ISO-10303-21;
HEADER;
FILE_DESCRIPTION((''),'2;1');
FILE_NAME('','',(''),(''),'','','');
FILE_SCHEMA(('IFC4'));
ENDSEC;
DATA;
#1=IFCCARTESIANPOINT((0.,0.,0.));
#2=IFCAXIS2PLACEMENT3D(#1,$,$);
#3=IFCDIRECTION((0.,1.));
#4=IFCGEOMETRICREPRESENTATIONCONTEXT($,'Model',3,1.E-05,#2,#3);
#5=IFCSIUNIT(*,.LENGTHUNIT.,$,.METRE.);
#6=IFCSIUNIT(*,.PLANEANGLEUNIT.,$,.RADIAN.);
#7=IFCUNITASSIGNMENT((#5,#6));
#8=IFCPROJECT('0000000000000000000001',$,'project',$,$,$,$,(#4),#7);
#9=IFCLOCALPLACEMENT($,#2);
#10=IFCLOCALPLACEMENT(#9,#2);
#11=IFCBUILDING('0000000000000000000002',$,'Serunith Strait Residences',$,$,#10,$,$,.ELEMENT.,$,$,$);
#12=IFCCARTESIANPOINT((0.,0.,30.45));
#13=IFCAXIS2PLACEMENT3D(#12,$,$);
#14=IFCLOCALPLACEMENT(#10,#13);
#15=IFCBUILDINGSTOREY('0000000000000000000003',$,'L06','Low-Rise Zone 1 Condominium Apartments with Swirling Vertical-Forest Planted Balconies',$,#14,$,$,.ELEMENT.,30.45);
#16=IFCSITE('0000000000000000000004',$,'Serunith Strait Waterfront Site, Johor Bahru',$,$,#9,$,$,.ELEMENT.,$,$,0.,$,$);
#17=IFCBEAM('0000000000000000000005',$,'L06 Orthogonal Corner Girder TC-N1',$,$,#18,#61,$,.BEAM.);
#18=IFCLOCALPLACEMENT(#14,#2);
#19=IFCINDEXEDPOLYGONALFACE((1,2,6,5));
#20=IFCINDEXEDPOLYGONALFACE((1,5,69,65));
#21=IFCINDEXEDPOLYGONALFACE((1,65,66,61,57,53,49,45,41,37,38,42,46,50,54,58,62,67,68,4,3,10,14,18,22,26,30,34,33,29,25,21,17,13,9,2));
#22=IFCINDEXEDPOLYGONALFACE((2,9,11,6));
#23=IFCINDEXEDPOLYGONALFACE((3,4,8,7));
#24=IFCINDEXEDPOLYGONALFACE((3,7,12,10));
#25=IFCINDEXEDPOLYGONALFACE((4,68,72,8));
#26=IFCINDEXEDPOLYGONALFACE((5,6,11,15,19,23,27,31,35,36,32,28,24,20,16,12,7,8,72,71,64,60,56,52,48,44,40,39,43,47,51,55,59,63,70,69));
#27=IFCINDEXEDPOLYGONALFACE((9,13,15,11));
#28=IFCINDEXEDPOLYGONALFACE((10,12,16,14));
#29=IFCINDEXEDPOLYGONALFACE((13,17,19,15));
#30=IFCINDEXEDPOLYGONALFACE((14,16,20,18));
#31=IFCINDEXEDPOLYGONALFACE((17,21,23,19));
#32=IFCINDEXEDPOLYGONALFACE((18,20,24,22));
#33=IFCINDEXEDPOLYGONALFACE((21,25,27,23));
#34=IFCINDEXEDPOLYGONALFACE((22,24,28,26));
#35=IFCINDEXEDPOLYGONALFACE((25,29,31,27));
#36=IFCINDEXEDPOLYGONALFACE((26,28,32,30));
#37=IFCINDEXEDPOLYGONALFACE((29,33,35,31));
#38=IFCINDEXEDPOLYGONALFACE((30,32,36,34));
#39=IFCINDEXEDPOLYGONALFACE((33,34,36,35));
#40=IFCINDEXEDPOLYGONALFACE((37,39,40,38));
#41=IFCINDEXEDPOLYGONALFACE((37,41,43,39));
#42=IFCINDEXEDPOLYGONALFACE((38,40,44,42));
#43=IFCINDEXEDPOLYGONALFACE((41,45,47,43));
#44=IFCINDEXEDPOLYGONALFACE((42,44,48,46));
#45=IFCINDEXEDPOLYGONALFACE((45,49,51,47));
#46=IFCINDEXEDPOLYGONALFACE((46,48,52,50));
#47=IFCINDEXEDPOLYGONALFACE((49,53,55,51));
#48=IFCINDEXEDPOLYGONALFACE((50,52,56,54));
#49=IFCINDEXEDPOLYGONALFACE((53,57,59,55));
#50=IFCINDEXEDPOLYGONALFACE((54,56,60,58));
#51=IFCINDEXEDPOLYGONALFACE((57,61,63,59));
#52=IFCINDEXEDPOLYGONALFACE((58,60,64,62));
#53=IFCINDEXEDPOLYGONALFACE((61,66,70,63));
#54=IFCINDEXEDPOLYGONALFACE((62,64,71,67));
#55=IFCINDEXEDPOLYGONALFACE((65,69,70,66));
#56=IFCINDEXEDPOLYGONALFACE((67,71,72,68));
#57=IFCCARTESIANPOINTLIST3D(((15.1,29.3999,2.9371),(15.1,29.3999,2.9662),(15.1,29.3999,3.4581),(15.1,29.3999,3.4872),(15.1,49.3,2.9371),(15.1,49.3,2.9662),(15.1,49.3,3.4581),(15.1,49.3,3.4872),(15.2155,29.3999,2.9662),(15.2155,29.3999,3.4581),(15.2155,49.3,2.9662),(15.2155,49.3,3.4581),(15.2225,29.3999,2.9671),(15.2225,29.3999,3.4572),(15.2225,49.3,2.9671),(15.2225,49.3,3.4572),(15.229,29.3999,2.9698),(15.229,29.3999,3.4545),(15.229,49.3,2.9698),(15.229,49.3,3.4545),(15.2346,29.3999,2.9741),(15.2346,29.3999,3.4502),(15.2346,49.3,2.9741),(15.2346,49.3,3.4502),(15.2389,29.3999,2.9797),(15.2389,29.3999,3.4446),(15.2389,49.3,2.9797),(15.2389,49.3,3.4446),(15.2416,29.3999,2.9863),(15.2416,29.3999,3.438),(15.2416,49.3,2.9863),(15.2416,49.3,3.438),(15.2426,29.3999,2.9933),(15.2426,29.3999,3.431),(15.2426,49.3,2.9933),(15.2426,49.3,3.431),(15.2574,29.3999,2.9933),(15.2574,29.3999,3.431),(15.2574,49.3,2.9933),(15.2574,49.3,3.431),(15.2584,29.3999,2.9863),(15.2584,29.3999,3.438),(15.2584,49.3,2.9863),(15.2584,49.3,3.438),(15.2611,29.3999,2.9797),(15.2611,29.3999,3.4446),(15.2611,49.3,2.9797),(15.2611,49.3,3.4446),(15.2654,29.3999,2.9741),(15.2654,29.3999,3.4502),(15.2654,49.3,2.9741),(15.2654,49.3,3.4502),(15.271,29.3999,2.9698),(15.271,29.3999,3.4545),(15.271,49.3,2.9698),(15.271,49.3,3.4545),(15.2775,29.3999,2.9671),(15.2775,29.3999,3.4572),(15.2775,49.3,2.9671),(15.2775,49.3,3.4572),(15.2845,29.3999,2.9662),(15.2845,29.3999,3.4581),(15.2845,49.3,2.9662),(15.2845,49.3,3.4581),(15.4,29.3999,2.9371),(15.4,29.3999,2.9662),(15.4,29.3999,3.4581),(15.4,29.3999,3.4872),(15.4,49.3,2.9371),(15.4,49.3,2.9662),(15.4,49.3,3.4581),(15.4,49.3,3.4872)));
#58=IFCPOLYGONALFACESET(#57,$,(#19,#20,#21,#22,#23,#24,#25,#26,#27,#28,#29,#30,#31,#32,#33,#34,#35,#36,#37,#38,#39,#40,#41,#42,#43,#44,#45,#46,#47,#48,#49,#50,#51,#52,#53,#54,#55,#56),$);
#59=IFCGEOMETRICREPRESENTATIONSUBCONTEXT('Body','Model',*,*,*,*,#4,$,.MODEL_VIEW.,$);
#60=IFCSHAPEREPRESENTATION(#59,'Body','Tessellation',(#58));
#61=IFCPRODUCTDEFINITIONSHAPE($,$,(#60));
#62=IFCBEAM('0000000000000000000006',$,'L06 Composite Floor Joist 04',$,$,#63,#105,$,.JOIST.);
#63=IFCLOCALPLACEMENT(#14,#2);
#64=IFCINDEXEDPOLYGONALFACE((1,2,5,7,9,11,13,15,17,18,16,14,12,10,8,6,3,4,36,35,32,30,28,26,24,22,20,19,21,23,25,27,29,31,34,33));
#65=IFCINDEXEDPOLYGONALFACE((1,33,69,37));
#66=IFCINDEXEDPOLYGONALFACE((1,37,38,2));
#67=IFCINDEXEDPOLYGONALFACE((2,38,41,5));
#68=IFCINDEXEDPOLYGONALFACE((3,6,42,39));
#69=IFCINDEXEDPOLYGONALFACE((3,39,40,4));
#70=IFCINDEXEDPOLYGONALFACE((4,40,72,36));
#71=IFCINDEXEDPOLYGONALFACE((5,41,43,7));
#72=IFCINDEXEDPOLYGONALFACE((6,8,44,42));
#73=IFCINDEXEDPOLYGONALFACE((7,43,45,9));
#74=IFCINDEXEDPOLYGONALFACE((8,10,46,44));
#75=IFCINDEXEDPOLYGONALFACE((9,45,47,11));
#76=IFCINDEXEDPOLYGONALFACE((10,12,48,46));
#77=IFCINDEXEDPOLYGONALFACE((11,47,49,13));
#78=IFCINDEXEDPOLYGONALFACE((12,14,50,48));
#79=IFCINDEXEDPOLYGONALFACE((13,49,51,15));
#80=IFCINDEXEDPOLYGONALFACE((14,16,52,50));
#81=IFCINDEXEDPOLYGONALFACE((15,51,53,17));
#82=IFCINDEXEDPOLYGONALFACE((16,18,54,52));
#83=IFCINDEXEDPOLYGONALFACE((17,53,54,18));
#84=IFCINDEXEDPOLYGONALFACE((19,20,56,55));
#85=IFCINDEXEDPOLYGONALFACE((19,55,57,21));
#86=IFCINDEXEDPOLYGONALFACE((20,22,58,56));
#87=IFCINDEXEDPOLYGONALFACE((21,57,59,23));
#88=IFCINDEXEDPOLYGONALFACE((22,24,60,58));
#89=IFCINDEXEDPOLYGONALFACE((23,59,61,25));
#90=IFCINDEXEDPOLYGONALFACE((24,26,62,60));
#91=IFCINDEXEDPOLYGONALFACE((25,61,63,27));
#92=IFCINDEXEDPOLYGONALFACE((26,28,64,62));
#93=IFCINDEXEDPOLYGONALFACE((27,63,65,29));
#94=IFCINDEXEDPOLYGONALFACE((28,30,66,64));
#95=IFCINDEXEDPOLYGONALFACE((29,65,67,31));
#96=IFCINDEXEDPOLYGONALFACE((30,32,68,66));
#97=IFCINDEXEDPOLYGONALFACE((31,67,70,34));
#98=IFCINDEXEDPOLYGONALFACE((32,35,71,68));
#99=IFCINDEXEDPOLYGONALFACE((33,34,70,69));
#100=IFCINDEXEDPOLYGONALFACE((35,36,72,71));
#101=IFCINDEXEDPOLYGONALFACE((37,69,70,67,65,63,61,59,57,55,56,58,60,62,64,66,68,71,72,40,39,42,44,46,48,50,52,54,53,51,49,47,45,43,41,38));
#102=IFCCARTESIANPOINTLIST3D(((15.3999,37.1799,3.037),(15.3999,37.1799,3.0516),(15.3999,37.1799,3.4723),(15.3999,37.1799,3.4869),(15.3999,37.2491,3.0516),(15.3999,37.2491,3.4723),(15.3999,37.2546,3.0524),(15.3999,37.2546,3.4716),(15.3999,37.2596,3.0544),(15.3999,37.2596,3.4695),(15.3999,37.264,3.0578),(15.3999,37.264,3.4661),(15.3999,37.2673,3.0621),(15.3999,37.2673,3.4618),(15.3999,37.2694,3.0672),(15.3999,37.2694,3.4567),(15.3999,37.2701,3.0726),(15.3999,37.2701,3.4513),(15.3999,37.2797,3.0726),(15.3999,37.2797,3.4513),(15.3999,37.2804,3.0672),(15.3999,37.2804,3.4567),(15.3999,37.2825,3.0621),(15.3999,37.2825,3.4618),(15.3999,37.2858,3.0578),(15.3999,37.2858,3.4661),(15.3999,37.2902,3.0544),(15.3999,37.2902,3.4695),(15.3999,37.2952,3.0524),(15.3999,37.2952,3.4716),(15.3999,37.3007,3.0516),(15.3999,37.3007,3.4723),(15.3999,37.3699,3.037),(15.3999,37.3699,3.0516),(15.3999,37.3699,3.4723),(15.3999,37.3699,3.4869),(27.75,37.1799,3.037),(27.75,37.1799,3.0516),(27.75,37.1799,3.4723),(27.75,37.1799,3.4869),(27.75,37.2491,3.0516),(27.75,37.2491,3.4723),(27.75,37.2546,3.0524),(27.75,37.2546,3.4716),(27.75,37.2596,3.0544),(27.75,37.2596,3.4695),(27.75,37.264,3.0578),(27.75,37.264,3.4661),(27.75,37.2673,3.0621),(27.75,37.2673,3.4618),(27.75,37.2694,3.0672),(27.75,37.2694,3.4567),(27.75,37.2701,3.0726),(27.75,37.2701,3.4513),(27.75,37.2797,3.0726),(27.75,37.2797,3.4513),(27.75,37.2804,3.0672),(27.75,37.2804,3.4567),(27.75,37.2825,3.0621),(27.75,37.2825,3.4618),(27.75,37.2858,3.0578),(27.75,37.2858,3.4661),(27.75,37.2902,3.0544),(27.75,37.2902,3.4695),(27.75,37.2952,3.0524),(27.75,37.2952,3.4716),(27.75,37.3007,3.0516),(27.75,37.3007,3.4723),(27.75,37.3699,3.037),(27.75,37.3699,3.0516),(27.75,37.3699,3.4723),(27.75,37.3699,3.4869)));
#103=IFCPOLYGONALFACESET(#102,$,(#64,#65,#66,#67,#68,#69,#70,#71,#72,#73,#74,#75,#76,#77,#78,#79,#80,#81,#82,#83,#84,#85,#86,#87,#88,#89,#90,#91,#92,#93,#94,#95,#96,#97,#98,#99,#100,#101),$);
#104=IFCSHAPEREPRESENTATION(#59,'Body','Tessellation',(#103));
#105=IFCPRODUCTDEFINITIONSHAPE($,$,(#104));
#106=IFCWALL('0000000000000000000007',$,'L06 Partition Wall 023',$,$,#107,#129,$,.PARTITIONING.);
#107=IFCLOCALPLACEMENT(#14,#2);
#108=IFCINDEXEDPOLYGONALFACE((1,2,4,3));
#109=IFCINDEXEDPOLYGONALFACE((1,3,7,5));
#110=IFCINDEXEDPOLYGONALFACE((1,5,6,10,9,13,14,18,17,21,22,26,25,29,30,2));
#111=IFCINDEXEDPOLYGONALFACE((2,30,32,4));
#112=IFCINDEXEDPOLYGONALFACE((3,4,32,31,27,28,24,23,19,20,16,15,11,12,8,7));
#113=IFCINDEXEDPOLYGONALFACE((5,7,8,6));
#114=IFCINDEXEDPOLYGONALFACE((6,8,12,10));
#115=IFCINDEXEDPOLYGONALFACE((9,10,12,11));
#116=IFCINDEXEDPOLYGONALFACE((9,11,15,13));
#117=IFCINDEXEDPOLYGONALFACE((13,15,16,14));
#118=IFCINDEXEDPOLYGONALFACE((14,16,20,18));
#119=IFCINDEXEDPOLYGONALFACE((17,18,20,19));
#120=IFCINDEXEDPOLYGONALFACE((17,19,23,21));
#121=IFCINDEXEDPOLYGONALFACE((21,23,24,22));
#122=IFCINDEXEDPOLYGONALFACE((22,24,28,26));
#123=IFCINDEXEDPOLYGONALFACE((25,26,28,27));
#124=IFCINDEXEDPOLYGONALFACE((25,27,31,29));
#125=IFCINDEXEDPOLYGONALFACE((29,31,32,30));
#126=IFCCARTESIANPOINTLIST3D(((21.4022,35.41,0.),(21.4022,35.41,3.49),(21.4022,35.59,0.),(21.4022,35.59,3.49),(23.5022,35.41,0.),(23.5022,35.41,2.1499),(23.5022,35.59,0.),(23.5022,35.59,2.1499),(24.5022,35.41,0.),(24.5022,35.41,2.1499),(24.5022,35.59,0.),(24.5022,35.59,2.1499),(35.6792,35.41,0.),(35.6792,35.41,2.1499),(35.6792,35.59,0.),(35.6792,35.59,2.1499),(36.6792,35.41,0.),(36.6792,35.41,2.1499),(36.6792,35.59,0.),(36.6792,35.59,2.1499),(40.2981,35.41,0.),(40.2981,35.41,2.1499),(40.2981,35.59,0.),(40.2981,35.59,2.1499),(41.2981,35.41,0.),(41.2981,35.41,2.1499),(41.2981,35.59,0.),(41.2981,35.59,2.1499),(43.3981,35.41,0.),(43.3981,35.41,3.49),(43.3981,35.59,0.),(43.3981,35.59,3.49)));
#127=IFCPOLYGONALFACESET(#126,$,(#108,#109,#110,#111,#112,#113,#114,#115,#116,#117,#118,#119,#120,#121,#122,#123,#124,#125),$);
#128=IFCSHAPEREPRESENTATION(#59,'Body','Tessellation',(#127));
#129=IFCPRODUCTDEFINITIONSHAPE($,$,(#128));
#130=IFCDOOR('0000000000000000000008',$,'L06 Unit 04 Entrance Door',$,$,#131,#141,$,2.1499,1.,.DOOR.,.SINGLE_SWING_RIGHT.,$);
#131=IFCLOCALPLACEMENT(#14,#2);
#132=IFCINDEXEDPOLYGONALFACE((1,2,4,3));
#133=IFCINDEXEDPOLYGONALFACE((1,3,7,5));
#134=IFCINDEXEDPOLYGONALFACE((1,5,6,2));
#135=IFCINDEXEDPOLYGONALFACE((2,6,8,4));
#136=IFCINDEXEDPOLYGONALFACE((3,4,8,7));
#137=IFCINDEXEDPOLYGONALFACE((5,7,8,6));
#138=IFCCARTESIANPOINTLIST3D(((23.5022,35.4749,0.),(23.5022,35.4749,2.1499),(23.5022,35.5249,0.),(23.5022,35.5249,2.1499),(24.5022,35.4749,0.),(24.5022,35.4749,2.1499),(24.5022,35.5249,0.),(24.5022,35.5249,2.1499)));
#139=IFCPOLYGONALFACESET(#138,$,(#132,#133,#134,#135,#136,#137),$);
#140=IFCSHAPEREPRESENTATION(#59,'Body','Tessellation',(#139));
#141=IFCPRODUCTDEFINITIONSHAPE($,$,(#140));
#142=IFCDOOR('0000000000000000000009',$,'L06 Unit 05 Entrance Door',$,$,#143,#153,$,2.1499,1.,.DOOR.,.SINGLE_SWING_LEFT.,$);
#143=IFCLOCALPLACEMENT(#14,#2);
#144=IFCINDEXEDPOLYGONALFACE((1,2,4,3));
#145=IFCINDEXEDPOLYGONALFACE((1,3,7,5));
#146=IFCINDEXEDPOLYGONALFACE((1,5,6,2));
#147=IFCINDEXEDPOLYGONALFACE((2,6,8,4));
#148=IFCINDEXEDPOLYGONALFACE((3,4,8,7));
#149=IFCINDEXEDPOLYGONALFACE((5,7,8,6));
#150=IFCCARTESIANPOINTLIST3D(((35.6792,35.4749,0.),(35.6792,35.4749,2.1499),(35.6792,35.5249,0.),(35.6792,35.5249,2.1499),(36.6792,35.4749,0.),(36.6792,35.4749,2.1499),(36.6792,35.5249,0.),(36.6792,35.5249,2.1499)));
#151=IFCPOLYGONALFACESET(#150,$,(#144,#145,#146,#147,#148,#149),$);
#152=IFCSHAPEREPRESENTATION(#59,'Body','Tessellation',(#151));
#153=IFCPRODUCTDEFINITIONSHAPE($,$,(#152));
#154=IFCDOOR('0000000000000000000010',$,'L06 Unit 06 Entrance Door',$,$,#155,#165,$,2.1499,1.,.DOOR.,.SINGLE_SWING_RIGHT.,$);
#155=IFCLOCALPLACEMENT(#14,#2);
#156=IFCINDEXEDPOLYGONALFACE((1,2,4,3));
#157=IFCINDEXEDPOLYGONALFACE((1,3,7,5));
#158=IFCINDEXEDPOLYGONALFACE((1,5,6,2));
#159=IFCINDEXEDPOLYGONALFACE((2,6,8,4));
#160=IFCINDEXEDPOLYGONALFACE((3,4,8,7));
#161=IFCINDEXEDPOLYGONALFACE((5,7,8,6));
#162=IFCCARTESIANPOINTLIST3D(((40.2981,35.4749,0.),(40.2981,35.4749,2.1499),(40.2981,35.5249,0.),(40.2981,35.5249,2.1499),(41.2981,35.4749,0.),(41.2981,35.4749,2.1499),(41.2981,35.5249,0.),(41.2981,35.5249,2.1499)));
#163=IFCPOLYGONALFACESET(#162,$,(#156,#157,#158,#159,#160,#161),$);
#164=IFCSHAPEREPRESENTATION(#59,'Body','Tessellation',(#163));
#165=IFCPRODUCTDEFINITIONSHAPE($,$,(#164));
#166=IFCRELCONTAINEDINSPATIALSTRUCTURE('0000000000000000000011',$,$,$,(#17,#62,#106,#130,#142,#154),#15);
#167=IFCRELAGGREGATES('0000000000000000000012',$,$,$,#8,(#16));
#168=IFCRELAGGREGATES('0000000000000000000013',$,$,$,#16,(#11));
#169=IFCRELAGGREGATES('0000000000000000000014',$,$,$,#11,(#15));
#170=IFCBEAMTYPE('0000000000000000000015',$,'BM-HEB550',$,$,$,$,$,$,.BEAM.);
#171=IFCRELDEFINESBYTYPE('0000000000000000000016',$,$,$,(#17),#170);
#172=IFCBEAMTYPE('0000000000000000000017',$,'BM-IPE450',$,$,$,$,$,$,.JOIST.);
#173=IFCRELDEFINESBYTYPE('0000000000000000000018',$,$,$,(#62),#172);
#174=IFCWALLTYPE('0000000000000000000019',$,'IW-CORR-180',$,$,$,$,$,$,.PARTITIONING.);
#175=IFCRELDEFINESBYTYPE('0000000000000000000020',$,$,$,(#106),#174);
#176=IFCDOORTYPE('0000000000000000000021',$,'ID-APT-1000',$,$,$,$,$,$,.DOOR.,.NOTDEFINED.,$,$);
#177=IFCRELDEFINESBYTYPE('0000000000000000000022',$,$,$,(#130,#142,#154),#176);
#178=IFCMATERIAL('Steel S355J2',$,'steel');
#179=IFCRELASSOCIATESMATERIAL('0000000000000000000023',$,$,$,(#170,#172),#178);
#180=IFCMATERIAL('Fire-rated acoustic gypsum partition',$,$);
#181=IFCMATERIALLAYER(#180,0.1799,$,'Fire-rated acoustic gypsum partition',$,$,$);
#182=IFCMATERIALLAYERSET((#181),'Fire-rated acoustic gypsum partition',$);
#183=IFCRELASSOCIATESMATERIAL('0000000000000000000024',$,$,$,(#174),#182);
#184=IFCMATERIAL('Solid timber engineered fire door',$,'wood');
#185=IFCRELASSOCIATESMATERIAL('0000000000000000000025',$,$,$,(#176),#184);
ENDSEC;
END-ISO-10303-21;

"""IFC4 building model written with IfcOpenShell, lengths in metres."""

from ifc_helpers import new_model, si_unit, direction, frame, frame_2d, origin, origin_2d, place, context, subcontext, project, spatial, rectangle, i_section, extrude, source, transform, mapped, material, layer, layer_set, material_profile, profile_set, type_object, element, fill, save


model = new_model("IFC4")

# Units and contexts
model_context = context("Model", 3, precision=1e-05, world=origin(), true_north=direction((0.0, 1.0)))
body_context = subcontext(model_context, "Body", "Model", "MODEL_VIEW")
ifc_project = project(units=[si_unit("LENGTHUNIT", "METRE"), si_unit("PLANEANGLEUNIT", "RADIAN")], contexts=[model_context])

# Site, building, storey
site_placement = place(None, origin())
site = spatial("IfcSite", under=ifc_project, at=site_placement, Name="Serunith Strait Waterfront Site, Johor Bahru", CompositionType="ELEMENT", RefElevation=0.0)
building_placement = place(site_placement, origin())
building = spatial("IfcBuilding", under=site, at=building_placement, Name="Serunith Strait Residences", CompositionType="ELEMENT")
storey_placement = place(building_placement, frame((0.0, 0.0, 30.45)))
storey = spatial("IfcBuildingStorey", under=building, at=storey_placement, Name="L06", Description="Low-Rise Zone 1 Condominium Apartments with Swirling Vertical-Forest Planted Balconies", CompositionType="ELEMENT", Elevation=30.45)

# Beams
ifc_material_1 = material(Name="Steel S355J2", Category="steel")
ifc_material_profile_1 = material_profile(ifc_material_1, i_section(OverallWidth=0.3, OverallDepth=0.55, WebThickness=0.0149, FlangeThickness=0.0291, FilletRadius=0.0271, at=origin_2d()), Name="HEB 550")
ifc_profile_set_1 = profile_set([ifc_material_profile_1], Name="Steel S355J2")
beam_type_1 = type_object("IfcBeamType", Name="BM-HEB550", PredefinedType="BEAM", material=ifc_profile_set_1)
shared_shape_1 = source(origin(), body_context, "Body", "SweptSolid", [
    extrude(i_section(OverallWidth=0.3, OverallDepth=0.55, WebThickness=0.0149, FlangeThickness=0.0291, FilletRadius=0.0271, at=origin_2d()), origin(), (0.0, 0.0, 1.0), 19.9001),
])
beam_1_placement = place(storey_placement, frame((15.25, 29.3999, 3.2122), z_axis=(0.0, 1.0, 0.0), x_axis=(-1.0, 0.0, 0.0)))
element("IfcBeam", 1, at=beam_1_placement, inside=storey, type_object=beam_type_1, Name="L06 Orthogonal Corner Girder TC-N1", PredefinedType="BEAM", context=body_context, shape_type="MappedRepresentation", body=[
    mapped(shared_shape_1, transform((0.0, 0.0, 0.0), scale=1.0)),
])
ifc_material_profile_2 = material_profile(ifc_material_1, i_section(OverallWidth=0.1899, OverallDepth=0.45, WebThickness=0.0095, FlangeThickness=0.0146, FilletRadius=0.021, at=origin_2d()), Name="IPE 450")
ifc_profile_set_2 = profile_set([ifc_material_profile_2], Name="Steel S355J2")
beam_type_2 = type_object("IfcBeamType", Name="BM-IPE450", PredefinedType="JOIST", material=ifc_profile_set_2)
shared_shape_2 = source(origin(), body_context, "Body", "SweptSolid", [
    extrude(i_section(OverallWidth=0.1899, OverallDepth=0.45, WebThickness=0.0095, FlangeThickness=0.0146, FilletRadius=0.021, at=origin_2d()), origin(), (0.0, 0.0, 1.0), 12.3501),
])
beam_2_placement = place(storey_placement, frame((15.3999, 37.2749, 3.262), z_axis=(1.0, 0.0, 0.0), x_axis=(0.0, 1.0, 0.0)))
element("IfcBeam", 2, at=beam_2_placement, inside=storey, type_object=beam_type_2, Name="L06 Composite Floor Joist 04", PredefinedType="JOIST", context=body_context, shape_type="MappedRepresentation", body=[
    mapped(shared_shape_2, transform((0.0, 0.0, 0.0), scale=1.0)),
])

# Wall, openings, doors
ifc_material_2 = material(Name="Fire-rated acoustic gypsum partition")
ifc_layer_1 = layer(ifc_material_2, 0.1799, Name="Fire-rated acoustic gypsum partition")
ifc_layer_set_1 = layer_set([ifc_layer_1], Name="Fire-rated acoustic gypsum partition")
wall_type_1 = type_object("IfcWallType", Name="IW-CORR-180", PredefinedType="PARTITIONING", material=ifc_layer_set_1)
wall_1_placement = place(storey_placement, frame((21.4021, 35.5, 0.0), z_axis=(0.0, 0.0, 1.0), x_axis=(1.0, 0.0, 0.0)))
wall_1 = element("IfcWall", 3, at=wall_1_placement, inside=storey, type_object=wall_type_1, Name="L06 Partition Wall 023", PredefinedType="PARTITIONING", context=body_context, shape_type="SweptSolid", body=[
    extrude(rectangle(XDim=21.9958, YDim=0.1799, at=frame_2d((10.998, 0.0))), origin(), (0.0, 0.0, 1.0), 3.49),
])
opening_1_placement = place(wall_1_placement, frame((2.1001, 0.0, 0.0)))
opening_1 = element("IfcOpeningElement", 4, at=opening_1_placement, cuts=wall_1, PredefinedType="OPENING", context=body_context, shape_type="SweptSolid", body=[
    extrude(rectangle(XDim=1.0, YDim=2.1499, at=frame_2d((0.5, 1.075))), frame((0.0, 0.1001, 0.0), z_axis=(0.0, -1.0, 0.0), x_axis=(1.0, 0.0, 0.0)), (0.0, 0.0, 1.0), 0.2),
])
opening_2_placement = place(wall_1_placement, frame((14.2771, 0.0, 0.0)))
opening_2 = element("IfcOpeningElement", 5, at=opening_2_placement, cuts=wall_1, PredefinedType="OPENING", context=body_context, shape_type="SweptSolid", body=[
    extrude(rectangle(XDim=1.0, YDim=2.1499, at=frame_2d((0.5, 1.075))), frame((0.0, 0.1001, 0.0), z_axis=(0.0, -1.0, 0.0), x_axis=(1.0, 0.0, 0.0)), (0.0, 0.0, 1.0), 0.2),
])
opening_3_placement = place(wall_1_placement, frame((18.896, 0.0, 0.0)))
opening_3 = element("IfcOpeningElement", 6, at=opening_3_placement, cuts=wall_1, PredefinedType="OPENING", context=body_context, shape_type="SweptSolid", body=[
    extrude(rectangle(XDim=1.0, YDim=2.1499, at=frame_2d((0.5, 1.075))), frame((0.0, 0.1001, 0.0), z_axis=(0.0, -1.0, 0.0), x_axis=(1.0, 0.0, 0.0)), (0.0, 0.0, 1.0), 0.2),
])
ifc_material_3 = material(Name="Solid timber engineered fire door", Category="wood")
door_type_1 = type_object("IfcDoorType", Name="ID-APT-1000", OperationType="NOTDEFINED", PredefinedType="DOOR", material=ifc_material_3)
shared_shape_3 = source(origin(), body_context, "Body", "SweptSolid", [
    extrude(rectangle(XDim=1.0, YDim=2.1499, at=frame_2d((0.5, 1.075))), frame((0.0, 0.0249, 0.0), z_axis=(0.0, -1.0, 0.0), x_axis=(1.0, 0.0, 0.0)), (0.0, 0.0, 1.0), 0.05),
])
door_1_placement = place(opening_1_placement, origin())
door_1 = element("IfcDoor", 7, at=door_1_placement, inside=storey, type_object=door_type_1, Name="L06 Unit 04 Entrance Door", OperationType="SINGLE_SWING_RIGHT", OverallHeight=2.1499, OverallWidth=1.0, PredefinedType="DOOR", context=body_context, shape_type="MappedRepresentation", body=[
    mapped(shared_shape_3, transform((0.0, 0.0, 0.0), scale=1.0)),
])
fill(opening_1, door_1)
door_2_placement = place(opening_2_placement, origin())
door_2 = element("IfcDoor", 8, at=door_2_placement, inside=storey, type_object=door_type_1, Name="L06 Unit 05 Entrance Door", OperationType="SINGLE_SWING_LEFT", OverallHeight=2.1499, OverallWidth=1.0, PredefinedType="DOOR", context=body_context, shape_type="MappedRepresentation", body=[
    mapped(shared_shape_3, transform((0.0, 0.0, 0.0), scale=1.0)),
])
fill(opening_2, door_2)
door_3_placement = place(opening_3_placement, origin())
door_3 = element("IfcDoor", 9, at=door_3_placement, inside=storey, type_object=door_type_1, Name="L06 Unit 06 Entrance Door", OperationType="SINGLE_SWING_RIGHT", OverallHeight=2.1499, OverallWidth=1.0, PredefinedType="DOOR", context=body_context, shape_type="MappedRepresentation", body=[
    mapped(shared_shape_3, transform((0.0, 0.0, 0.0), scale=1.0)),
])
fill(opening_3, door_3)

save(model, "model.ifc")
